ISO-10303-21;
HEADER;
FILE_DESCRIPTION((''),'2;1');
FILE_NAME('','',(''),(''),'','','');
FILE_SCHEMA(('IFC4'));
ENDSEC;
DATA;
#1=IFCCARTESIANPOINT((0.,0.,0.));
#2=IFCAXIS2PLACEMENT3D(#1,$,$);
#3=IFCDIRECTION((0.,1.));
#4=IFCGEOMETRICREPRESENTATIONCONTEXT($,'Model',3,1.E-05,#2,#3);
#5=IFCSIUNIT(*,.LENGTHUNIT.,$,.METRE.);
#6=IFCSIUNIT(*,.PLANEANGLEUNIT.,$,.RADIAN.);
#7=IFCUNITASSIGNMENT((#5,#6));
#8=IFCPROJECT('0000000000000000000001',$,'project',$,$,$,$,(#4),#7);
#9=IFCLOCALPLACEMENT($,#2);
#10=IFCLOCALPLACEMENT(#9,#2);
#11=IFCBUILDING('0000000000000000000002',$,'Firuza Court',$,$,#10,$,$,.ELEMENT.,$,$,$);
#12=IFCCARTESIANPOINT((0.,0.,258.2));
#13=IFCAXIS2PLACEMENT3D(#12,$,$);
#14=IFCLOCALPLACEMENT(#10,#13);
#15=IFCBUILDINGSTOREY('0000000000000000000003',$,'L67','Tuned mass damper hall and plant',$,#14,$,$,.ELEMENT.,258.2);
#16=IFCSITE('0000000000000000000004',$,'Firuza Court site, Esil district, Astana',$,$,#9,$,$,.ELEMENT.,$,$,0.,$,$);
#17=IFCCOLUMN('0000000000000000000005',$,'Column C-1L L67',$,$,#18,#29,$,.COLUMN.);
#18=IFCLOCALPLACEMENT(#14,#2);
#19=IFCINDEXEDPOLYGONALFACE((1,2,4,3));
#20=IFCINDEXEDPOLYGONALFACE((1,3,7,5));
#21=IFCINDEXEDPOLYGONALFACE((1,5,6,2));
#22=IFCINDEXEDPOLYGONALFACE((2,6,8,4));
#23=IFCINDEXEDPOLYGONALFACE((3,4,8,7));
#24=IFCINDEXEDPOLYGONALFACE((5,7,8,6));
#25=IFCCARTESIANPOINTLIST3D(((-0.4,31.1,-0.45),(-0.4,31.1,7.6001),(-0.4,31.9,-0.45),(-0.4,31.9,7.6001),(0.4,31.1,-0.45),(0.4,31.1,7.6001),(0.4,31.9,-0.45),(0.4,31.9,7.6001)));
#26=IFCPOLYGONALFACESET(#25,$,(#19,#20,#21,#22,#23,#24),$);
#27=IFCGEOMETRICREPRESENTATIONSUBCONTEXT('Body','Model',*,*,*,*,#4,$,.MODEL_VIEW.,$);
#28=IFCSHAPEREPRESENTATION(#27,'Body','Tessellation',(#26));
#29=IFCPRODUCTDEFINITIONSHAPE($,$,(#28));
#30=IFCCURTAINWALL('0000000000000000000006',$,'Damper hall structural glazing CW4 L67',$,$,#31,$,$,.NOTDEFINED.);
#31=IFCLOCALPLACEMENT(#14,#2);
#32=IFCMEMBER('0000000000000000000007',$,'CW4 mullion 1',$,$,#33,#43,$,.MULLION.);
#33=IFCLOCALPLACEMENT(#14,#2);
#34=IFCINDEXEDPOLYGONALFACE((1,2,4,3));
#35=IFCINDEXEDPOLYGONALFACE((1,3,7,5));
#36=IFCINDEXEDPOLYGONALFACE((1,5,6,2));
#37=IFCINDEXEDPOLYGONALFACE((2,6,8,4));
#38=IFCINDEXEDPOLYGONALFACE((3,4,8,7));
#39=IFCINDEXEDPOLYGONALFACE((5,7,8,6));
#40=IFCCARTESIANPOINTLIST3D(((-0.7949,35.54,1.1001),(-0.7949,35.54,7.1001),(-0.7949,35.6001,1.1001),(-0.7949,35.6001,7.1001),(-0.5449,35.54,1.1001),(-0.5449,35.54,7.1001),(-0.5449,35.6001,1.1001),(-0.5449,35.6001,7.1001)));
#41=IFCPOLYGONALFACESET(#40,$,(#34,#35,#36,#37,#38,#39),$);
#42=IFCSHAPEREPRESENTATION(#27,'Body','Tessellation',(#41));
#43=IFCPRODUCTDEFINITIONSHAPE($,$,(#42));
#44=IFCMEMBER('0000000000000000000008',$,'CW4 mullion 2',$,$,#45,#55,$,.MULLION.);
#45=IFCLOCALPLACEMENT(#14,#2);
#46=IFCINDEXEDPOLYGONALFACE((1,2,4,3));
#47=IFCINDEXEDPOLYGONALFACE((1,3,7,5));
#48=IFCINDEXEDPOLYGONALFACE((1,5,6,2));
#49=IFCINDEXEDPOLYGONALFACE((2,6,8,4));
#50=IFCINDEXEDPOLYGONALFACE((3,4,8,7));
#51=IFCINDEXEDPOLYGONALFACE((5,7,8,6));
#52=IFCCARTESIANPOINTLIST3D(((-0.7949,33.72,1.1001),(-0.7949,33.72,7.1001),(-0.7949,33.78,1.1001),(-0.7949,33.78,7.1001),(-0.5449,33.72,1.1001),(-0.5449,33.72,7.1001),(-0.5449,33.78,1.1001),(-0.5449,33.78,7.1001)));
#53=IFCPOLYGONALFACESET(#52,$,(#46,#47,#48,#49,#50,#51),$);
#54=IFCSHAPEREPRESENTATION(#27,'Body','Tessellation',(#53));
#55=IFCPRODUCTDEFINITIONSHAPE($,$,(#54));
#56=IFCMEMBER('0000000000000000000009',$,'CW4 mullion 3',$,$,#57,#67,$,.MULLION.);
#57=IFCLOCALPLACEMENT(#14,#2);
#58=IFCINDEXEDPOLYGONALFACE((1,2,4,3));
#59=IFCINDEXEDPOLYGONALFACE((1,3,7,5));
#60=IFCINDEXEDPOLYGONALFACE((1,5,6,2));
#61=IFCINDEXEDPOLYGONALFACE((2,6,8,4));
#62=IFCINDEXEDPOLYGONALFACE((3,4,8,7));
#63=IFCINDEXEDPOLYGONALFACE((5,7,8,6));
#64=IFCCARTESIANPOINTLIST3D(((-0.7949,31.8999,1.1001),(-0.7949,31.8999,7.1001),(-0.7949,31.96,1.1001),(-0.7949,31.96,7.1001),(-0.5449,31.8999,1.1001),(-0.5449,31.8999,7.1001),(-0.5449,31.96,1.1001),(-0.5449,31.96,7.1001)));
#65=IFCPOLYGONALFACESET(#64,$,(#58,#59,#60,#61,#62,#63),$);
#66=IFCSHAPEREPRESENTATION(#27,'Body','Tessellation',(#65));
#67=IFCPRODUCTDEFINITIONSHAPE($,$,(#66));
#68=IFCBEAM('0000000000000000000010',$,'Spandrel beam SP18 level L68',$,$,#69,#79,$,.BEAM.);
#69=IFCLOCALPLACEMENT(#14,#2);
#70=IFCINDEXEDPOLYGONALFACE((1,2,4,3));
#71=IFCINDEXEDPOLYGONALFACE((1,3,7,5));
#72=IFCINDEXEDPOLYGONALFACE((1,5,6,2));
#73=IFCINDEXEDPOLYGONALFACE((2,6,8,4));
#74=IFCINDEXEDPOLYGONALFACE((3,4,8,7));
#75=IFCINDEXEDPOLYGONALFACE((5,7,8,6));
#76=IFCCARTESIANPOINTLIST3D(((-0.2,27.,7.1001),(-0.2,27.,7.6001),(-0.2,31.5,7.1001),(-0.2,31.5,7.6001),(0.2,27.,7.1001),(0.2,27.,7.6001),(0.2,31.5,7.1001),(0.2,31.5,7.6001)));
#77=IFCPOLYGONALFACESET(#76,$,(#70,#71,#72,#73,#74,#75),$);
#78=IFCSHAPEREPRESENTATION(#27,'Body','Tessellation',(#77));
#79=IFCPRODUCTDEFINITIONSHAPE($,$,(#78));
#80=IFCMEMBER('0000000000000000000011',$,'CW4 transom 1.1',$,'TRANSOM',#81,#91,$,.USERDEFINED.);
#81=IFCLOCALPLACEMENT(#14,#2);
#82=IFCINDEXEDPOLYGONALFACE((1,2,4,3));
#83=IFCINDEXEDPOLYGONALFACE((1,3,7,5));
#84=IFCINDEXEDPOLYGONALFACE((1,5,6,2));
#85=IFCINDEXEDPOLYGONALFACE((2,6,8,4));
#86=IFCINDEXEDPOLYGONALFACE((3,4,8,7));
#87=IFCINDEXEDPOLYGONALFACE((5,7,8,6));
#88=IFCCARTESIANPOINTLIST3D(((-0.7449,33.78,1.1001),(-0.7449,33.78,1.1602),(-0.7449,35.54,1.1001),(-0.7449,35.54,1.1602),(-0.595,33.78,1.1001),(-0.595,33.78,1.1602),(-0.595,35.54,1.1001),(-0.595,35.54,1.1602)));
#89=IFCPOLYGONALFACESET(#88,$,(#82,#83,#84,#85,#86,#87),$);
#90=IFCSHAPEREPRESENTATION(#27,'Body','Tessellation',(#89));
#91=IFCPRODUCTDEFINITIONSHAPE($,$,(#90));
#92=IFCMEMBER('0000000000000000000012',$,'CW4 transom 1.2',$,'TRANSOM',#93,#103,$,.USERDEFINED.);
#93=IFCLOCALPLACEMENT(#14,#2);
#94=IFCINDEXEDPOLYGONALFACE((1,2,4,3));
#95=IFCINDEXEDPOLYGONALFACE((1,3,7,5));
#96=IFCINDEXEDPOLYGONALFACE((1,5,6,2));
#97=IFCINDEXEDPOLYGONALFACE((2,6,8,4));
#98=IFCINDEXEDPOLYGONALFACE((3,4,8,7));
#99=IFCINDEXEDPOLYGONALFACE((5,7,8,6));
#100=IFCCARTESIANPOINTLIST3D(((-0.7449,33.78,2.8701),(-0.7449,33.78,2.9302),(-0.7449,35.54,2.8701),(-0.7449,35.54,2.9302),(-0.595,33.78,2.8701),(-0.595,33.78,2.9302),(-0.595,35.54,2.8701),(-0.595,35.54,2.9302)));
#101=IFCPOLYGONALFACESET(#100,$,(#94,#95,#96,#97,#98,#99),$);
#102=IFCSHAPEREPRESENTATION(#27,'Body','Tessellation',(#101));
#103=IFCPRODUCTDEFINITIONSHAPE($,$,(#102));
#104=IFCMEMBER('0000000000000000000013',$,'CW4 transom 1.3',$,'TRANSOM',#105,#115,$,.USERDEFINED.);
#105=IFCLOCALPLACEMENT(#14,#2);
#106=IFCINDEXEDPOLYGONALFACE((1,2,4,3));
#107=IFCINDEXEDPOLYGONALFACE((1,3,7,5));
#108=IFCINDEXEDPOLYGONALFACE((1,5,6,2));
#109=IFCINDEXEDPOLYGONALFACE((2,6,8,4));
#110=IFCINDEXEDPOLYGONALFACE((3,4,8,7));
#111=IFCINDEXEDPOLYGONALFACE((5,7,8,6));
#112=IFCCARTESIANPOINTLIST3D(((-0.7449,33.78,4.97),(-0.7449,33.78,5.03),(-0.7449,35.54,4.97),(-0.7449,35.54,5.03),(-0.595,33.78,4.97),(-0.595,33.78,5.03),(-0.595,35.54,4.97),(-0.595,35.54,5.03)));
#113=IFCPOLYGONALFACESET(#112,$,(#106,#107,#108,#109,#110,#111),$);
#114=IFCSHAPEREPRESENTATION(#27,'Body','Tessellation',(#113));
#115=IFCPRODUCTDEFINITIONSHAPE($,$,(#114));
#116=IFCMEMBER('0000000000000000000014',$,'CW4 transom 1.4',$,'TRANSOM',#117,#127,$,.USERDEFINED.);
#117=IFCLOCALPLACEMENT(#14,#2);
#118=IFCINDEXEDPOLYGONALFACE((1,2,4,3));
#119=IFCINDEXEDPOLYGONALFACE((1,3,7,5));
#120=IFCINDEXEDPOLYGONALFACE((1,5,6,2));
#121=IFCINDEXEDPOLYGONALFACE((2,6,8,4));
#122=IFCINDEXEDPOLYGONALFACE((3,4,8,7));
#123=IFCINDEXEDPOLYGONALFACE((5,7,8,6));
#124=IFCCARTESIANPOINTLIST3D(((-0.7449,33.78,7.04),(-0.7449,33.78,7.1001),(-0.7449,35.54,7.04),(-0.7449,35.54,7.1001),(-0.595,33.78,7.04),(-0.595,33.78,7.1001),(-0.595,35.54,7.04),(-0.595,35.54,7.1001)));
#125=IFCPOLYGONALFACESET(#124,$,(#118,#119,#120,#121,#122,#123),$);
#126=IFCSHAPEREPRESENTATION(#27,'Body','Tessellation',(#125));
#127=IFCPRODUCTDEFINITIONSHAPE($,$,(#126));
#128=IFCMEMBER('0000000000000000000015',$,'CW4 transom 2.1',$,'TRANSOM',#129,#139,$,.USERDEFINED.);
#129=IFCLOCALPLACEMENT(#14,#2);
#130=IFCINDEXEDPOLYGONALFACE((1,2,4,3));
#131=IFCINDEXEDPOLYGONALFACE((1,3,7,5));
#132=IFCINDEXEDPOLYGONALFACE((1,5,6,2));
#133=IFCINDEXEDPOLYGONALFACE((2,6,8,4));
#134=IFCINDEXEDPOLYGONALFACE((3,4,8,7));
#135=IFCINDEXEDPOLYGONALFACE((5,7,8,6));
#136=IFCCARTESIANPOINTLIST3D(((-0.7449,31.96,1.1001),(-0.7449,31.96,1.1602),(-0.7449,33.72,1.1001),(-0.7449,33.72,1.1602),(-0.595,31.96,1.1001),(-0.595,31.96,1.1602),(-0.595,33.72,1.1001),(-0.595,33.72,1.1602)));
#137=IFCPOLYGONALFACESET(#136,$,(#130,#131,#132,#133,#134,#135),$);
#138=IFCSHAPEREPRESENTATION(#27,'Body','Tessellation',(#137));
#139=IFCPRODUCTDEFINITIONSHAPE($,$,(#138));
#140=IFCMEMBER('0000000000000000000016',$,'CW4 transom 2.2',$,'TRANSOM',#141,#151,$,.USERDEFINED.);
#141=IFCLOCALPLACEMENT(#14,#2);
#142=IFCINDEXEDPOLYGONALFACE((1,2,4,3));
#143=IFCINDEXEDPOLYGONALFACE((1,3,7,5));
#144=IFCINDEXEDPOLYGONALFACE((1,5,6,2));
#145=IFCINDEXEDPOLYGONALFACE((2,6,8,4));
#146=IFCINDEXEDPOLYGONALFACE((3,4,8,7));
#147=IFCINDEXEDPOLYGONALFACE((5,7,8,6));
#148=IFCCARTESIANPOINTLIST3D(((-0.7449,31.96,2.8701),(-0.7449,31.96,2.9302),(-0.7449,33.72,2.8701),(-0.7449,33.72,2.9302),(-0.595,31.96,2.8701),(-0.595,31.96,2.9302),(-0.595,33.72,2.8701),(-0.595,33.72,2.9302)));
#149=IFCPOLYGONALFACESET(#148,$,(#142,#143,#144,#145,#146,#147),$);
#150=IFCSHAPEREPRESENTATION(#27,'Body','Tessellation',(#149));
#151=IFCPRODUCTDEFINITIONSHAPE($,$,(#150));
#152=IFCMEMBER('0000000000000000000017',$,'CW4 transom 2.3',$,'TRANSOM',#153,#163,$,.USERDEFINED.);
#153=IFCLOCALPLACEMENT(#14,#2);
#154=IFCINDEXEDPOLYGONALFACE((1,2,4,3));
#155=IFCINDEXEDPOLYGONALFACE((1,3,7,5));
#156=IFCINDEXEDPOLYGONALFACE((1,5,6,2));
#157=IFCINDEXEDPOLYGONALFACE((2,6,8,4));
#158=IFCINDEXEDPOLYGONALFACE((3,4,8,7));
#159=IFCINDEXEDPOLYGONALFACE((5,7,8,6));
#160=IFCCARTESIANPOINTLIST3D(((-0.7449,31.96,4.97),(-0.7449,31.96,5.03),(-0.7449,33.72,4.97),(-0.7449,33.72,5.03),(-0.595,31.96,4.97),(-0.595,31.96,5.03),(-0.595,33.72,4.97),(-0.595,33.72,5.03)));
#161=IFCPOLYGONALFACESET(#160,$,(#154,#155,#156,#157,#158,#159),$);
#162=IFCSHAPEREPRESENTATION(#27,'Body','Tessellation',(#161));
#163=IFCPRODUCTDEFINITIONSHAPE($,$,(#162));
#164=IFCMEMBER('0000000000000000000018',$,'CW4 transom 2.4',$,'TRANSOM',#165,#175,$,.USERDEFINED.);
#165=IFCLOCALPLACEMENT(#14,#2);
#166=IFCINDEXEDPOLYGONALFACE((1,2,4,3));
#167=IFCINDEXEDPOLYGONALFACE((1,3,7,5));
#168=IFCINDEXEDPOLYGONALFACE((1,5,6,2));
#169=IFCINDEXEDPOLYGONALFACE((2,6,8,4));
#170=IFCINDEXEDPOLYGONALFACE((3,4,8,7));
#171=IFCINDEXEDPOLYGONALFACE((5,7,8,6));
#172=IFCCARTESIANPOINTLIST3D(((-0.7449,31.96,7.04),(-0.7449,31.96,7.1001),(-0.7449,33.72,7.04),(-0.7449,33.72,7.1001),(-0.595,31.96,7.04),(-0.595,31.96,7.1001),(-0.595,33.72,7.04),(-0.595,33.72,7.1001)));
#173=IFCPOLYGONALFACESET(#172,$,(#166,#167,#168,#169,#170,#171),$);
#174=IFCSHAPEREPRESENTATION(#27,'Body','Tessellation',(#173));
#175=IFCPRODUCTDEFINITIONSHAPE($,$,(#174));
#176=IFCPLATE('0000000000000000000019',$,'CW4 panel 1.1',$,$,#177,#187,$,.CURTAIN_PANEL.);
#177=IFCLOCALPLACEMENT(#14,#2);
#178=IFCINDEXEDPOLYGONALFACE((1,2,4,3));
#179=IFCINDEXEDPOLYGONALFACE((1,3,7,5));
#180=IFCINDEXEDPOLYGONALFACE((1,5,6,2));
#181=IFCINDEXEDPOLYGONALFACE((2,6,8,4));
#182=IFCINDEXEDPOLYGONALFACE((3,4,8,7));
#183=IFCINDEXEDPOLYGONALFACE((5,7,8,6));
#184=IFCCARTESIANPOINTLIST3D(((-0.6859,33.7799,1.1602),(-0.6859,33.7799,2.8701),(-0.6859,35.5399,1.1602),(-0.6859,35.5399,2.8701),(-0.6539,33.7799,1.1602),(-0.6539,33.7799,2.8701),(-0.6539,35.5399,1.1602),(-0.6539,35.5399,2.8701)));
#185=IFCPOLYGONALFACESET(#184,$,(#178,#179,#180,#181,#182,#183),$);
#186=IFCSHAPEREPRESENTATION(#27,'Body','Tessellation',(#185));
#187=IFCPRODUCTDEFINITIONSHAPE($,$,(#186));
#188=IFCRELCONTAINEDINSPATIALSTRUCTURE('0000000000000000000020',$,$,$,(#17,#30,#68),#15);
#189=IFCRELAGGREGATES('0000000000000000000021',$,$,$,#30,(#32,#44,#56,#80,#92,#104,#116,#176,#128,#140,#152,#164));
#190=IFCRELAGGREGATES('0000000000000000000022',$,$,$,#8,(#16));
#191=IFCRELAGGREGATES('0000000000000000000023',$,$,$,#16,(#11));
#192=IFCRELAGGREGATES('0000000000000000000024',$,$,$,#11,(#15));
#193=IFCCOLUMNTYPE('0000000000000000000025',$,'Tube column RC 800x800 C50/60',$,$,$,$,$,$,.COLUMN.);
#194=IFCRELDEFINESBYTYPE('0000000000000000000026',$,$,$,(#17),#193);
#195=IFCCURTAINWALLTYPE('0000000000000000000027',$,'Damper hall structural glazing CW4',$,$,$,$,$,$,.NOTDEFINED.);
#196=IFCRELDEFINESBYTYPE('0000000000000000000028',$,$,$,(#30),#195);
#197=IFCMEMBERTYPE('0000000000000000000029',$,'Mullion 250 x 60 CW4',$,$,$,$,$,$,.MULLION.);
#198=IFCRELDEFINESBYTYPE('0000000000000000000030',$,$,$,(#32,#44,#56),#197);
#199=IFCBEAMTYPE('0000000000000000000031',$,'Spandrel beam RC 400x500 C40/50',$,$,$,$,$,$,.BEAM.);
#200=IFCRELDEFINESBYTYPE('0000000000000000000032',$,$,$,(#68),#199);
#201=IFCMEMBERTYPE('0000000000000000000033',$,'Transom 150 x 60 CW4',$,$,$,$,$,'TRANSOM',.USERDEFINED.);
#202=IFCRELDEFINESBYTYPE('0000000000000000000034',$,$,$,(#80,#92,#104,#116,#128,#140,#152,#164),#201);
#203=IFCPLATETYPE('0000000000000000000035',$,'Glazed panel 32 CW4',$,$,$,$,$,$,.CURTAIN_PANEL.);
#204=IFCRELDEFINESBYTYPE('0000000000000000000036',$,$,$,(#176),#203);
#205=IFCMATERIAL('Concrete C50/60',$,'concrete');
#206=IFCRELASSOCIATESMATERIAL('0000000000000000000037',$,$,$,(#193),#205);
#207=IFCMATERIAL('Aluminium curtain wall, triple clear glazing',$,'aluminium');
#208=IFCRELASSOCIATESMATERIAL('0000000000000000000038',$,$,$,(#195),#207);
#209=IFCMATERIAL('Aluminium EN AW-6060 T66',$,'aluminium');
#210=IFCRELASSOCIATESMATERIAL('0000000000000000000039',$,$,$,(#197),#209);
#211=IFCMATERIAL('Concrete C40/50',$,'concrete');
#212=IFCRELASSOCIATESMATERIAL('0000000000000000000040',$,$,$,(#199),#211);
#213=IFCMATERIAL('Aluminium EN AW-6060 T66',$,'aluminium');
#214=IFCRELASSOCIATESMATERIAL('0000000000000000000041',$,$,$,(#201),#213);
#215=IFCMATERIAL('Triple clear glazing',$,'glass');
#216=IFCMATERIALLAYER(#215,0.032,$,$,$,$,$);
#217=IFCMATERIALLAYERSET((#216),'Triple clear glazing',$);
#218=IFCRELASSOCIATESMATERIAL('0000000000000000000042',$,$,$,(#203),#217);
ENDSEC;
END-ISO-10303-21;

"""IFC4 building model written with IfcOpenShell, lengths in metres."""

from ifc_helpers import new_model, si_unit, direction, frame, origin, origin_2d, place, context, subcontext, project, spatial, rectangle, extrude, material, layer, layer_set, material_profile, profile_set, type_object, element, aggregate, save


model = new_model("IFC4")

# Units and contexts
model_context = context("Model", 3, precision=1e-05, world=origin(), true_north=direction((0.0, 1.0)))
body_context = subcontext(model_context, "Body", "Model", "MODEL_VIEW")
ifc_project = project(units=[si_unit("LENGTHUNIT", "METRE"), si_unit("PLANEANGLEUNIT", "RADIAN")], contexts=[model_context])

# Site, building, storey
site_placement = place(None, origin())
site = spatial("IfcSite", under=ifc_project, at=site_placement, Name="Firuza Court site, Esil district, Astana", CompositionType="ELEMENT", RefElevation=0.0)
building_placement = place(site_placement, origin())
building = spatial("IfcBuilding", under=site, at=building_placement, Name="Firuza Court", CompositionType="ELEMENT")
storey_placement = place(building_placement, frame((0.0, 0.0, 258.2)))
storey = spatial("IfcBuildingStorey", under=building, at=storey_placement, Name="L67", Description="Tuned mass damper hall and plant", CompositionType="ELEMENT", Elevation=258.2)

# Column
ifc_material_1 = material(Name="Concrete C50/60", Category="concrete")
ifc_material_profile_1 = material_profile(ifc_material_1, rectangle(XDim=0.8, YDim=0.8, at=origin_2d()), Name="RC 800x800")
ifc_profile_set_1 = profile_set([ifc_material_profile_1], Name="Concrete C50/60")
column_type = type_object("IfcColumnType", Name="Tube column RC 800x800 C50/60", PredefinedType="COLUMN", material=ifc_profile_set_1)
column_placement = place(storey_placement, frame((0.0, 31.5, -0.45), z_axis=(0.0, 0.0, 1.0), x_axis=(1.0, 0.0, 0.0)))
element("IfcColumn", 1, at=column_placement, inside=storey, type_object=column_type, Name="Column C-1L L67", PredefinedType="COLUMN", context=body_context, shape_type="SweptSolid", body=[
    extrude(rectangle(XDim=0.8, YDim=0.8, at=origin_2d()), origin(), (0.0, 0.0, 1.0), 8.05),
])

# Curtain wall, members
ifc_material_2 = material(Name="Aluminium curtain wall, triple clear glazing", Category="aluminium")
curtain_wall_type = type_object("IfcCurtainWallType", Name="Damper hall structural glazing CW4", PredefinedType="NOTDEFINED", material=ifc_material_2)
curtain_wall_placement = place(storey_placement, origin())
curtain_wall = element("IfcCurtainWall", 2, at=curtain_wall_placement, inside=storey, type_object=curtain_wall_type, Name="Damper hall structural glazing CW4 L67", PredefinedType="NOTDEFINED")
ifc_material_3 = material(Name="Aluminium EN AW-6060 T66", Category="aluminium")
ifc_material_profile_2 = material_profile(ifc_material_3, rectangle(XDim=0.25, YDim=0.0601, at=origin_2d()), Name="Mullion 250 x 60 CW4")
ifc_profile_set_2 = profile_set([ifc_material_profile_2], Name="Aluminium EN AW-6060 T66")
member_type_1 = type_object("IfcMemberType", Name="Mullion 250 x 60 CW4", PredefinedType="MULLION", material=ifc_profile_set_2)
member_1_placement = place(storey_placement, frame((-0.6699, 35.5701, 1.1001), z_axis=(0.0, 0.0, 1.0), x_axis=(1.0, 0.0, 0.0)))
member_1 = element("IfcMember", 3, at=member_1_placement, type_object=member_type_1, Name="CW4 mullion 1", PredefinedType="MULLION", context=body_context, shape_type="SweptSolid", body=[
    extrude(rectangle(XDim=0.25, YDim=0.0601, at=origin_2d()), origin(), (0.0, 0.0, 1.0), 6.0),
])
member_2_placement = place(storey_placement, frame((-0.6699, 33.75, 1.1001), z_axis=(0.0, 0.0, 1.0), x_axis=(1.0, 0.0, 0.0)))
member_2 = element("IfcMember", 4, at=member_2_placement, type_object=member_type_1, Name="CW4 mullion 2", PredefinedType="MULLION", context=body_context, shape_type="SweptSolid", body=[
    extrude(rectangle(XDim=0.25, YDim=0.0601, at=origin_2d()), origin(), (0.0, 0.0, 1.0), 6.0),
])
member_3_placement = place(storey_placement, frame((-0.6699, 31.9299, 1.1001), z_axis=(0.0, 0.0, 1.0), x_axis=(1.0, 0.0, 0.0)))
member_3 = element("IfcMember", 5, at=member_3_placement, type_object=member_type_1, Name="CW4 mullion 3", PredefinedType="MULLION", context=body_context, shape_type="SweptSolid", body=[
    extrude(rectangle(XDim=0.25, YDim=0.0601, at=origin_2d()), origin(), (0.0, 0.0, 1.0), 6.0),
])

# Beam
ifc_material_4 = material(Name="Concrete C40/50", Category="concrete")
ifc_material_profile_3 = material_profile(ifc_material_4, rectangle(XDim=0.3999, YDim=0.5, at=origin_2d()), Name="RC 400x500")
ifc_profile_set_3 = profile_set([ifc_material_profile_3], Name="Concrete C40/50")
beam_type = type_object("IfcBeamType", Name="Spandrel beam RC 400x500 C40/50", PredefinedType="BEAM", material=ifc_profile_set_3)
beam_placement = place(storey_placement, frame((0.0, 31.5, 7.3501), z_axis=(0.0, -1.0, 0.0), x_axis=(1.0, 0.0, 0.0)))
element("IfcBeam", 6, at=beam_placement, inside=storey, type_object=beam_type, Name="Spandrel beam SP18 level L68", PredefinedType="BEAM", context=body_context, shape_type="SweptSolid", body=[
    extrude(rectangle(XDim=0.3999, YDim=0.5, at=origin_2d()), origin(), (0.0, 0.0, 1.0), 4.5),
])

# Members
ifc_material_5 = material(Name="Aluminium EN AW-6060 T66", Category="aluminium")
ifc_material_profile_4 = material_profile(ifc_material_5, rectangle(XDim=0.1499, YDim=0.0601, at=origin_2d()), Name="Transom 150 x 60 CW4")
ifc_profile_set_4 = profile_set([ifc_material_profile_4], Name="Aluminium EN AW-6060 T66")
member_type_2 = type_object("IfcMemberType", Name="Transom 150 x 60 CW4", ElementType="TRANSOM", PredefinedType="USERDEFINED", material=ifc_profile_set_4)
member_4_placement = place(storey_placement, frame((-0.6699, 35.54, 1.1301), z_axis=(0.0, -1.0, 0.0), x_axis=(1.0, 0.0, 0.0)))
member_4 = element("IfcMember", 7, at=member_4_placement, type_object=member_type_2, Name="CW4 transom 1.1", ObjectType="TRANSOM", PredefinedType="USERDEFINED", context=body_context, shape_type="SweptSolid", body=[
    extrude(rectangle(XDim=0.1499, YDim=0.0601, at=origin_2d()), origin(), (0.0, 0.0, 1.0), 1.76),
])
member_5_placement = place(storey_placement, frame((-0.6699, 35.54, 2.9001), z_axis=(0.0, -1.0, 0.0), x_axis=(1.0, 0.0, 0.0)))
member_5 = element("IfcMember", 8, at=member_5_placement, type_object=member_type_2, Name="CW4 transom 1.2", ObjectType="TRANSOM", PredefinedType="USERDEFINED", context=body_context, shape_type="SweptSolid", body=[
    extrude(rectangle(XDim=0.1499, YDim=0.0601, at=origin_2d()), origin(), (0.0, 0.0, 1.0), 1.76),
])
member_6_placement = place(storey_placement, frame((-0.6699, 35.54, 5.0), z_axis=(0.0, -1.0, 0.0), x_axis=(1.0, 0.0, 0.0)))
member_6 = element("IfcMember", 9, at=member_6_placement, type_object=member_type_2, Name="CW4 transom 1.3", ObjectType="TRANSOM", PredefinedType="USERDEFINED", context=body_context, shape_type="SweptSolid", body=[
    extrude(rectangle(XDim=0.1499, YDim=0.0601, at=origin_2d()), origin(), (0.0, 0.0, 1.0), 1.76),
])
member_7_placement = place(storey_placement, frame((-0.6699, 35.54, 7.0701), z_axis=(0.0, -1.0, 0.0), x_axis=(1.0, 0.0, 0.0)))
member_7 = element("IfcMember", 10, at=member_7_placement, type_object=member_type_2, Name="CW4 transom 1.4", ObjectType="TRANSOM", PredefinedType="USERDEFINED", context=body_context, shape_type="SweptSolid", body=[
    extrude(rectangle(XDim=0.1499, YDim=0.0601, at=origin_2d()), origin(), (0.0, 0.0, 1.0), 1.76),
])
member_8_placement = place(storey_placement, frame((-0.6699, 33.72, 1.1301), z_axis=(0.0, -1.0, 0.0), x_axis=(1.0, 0.0, 0.0)))
member_8 = element("IfcMember", 11, at=member_8_placement, type_object=member_type_2, Name="CW4 transom 2.1", ObjectType="TRANSOM", PredefinedType="USERDEFINED", context=body_context, shape_type="SweptSolid", body=[
    extrude(rectangle(XDim=0.1499, YDim=0.0601, at=origin_2d()), origin(), (0.0, 0.0, 1.0), 1.76),
])
member_9_placement = place(storey_placement, frame((-0.6699, 33.72, 2.9001), z_axis=(0.0, -1.0, 0.0), x_axis=(1.0, 0.0, 0.0)))
member_9 = element("IfcMember", 12, at=member_9_placement, type_object=member_type_2, Name="CW4 transom 2.2", ObjectType="TRANSOM", PredefinedType="USERDEFINED", context=body_context, shape_type="SweptSolid", body=[
    extrude(rectangle(XDim=0.1499, YDim=0.0601, at=origin_2d()), origin(), (0.0, 0.0, 1.0), 1.76),
])
member_10_placement = place(storey_placement, frame((-0.6699, 33.72, 5.0), z_axis=(0.0, -1.0, 0.0), x_axis=(1.0, 0.0, 0.0)))
member_10 = element("IfcMember", 13, at=member_10_placement, type_object=member_type_2, Name="CW4 transom 2.3", ObjectType="TRANSOM", PredefinedType="USERDEFINED", context=body_context, shape_type="SweptSolid", body=[
    extrude(rectangle(XDim=0.1499, YDim=0.0601, at=origin_2d()), origin(), (0.0, 0.0, 1.0), 1.76),
])
member_11_placement = place(storey_placement, frame((-0.6699, 33.72, 7.0701), z_axis=(0.0, -1.0, 0.0), x_axis=(1.0, 0.0, 0.0)))
member_11 = element("IfcMember", 14, at=member_11_placement, type_object=member_type_2, Name="CW4 transom 2.4", ObjectType="TRANSOM", PredefinedType="USERDEFINED", context=body_context, shape_type="SweptSolid", body=[
    extrude(rectangle(XDim=0.1499, YDim=0.0601, at=origin_2d()), origin(), (0.0, 0.0, 1.0), 1.76),
])

# Plate
ifc_material_6 = material(Name="Triple clear glazing", Category="glass")
ifc_layer_1 = layer(ifc_material_6, 0.032)
ifc_layer_set_1 = layer_set([ifc_layer_1], Name="Triple clear glazing")
plate_type = type_object("IfcPlateType", Name="Glazed panel 32 CW4", PredefinedType="CURTAIN_PANEL", material=ifc_layer_set_1)
plate_1_placement = place(storey_placement, frame((-0.6699, 34.6599, 1.1602), z_axis=(0.0, 0.0, 1.0), x_axis=(0.0, -1.0, 0.0)))
plate_1 = element("IfcPlate", 15, at=plate_1_placement, type_object=plate_type, Name="CW4 panel 1.1", PredefinedType="CURTAIN_PANEL", context=body_context, shape_type="SweptSolid", body=[
    extrude(rectangle(XDim=1.76, YDim=0.032, at=origin_2d()), origin(), (0.0, 0.0, 1.0), 1.71),
])
aggregate(curtain_wall, [member_1, member_2, member_3, member_4, member_5, member_6, member_7, plate_1, member_8, member_9, member_10, member_11])

save(model, "model.ifc")
